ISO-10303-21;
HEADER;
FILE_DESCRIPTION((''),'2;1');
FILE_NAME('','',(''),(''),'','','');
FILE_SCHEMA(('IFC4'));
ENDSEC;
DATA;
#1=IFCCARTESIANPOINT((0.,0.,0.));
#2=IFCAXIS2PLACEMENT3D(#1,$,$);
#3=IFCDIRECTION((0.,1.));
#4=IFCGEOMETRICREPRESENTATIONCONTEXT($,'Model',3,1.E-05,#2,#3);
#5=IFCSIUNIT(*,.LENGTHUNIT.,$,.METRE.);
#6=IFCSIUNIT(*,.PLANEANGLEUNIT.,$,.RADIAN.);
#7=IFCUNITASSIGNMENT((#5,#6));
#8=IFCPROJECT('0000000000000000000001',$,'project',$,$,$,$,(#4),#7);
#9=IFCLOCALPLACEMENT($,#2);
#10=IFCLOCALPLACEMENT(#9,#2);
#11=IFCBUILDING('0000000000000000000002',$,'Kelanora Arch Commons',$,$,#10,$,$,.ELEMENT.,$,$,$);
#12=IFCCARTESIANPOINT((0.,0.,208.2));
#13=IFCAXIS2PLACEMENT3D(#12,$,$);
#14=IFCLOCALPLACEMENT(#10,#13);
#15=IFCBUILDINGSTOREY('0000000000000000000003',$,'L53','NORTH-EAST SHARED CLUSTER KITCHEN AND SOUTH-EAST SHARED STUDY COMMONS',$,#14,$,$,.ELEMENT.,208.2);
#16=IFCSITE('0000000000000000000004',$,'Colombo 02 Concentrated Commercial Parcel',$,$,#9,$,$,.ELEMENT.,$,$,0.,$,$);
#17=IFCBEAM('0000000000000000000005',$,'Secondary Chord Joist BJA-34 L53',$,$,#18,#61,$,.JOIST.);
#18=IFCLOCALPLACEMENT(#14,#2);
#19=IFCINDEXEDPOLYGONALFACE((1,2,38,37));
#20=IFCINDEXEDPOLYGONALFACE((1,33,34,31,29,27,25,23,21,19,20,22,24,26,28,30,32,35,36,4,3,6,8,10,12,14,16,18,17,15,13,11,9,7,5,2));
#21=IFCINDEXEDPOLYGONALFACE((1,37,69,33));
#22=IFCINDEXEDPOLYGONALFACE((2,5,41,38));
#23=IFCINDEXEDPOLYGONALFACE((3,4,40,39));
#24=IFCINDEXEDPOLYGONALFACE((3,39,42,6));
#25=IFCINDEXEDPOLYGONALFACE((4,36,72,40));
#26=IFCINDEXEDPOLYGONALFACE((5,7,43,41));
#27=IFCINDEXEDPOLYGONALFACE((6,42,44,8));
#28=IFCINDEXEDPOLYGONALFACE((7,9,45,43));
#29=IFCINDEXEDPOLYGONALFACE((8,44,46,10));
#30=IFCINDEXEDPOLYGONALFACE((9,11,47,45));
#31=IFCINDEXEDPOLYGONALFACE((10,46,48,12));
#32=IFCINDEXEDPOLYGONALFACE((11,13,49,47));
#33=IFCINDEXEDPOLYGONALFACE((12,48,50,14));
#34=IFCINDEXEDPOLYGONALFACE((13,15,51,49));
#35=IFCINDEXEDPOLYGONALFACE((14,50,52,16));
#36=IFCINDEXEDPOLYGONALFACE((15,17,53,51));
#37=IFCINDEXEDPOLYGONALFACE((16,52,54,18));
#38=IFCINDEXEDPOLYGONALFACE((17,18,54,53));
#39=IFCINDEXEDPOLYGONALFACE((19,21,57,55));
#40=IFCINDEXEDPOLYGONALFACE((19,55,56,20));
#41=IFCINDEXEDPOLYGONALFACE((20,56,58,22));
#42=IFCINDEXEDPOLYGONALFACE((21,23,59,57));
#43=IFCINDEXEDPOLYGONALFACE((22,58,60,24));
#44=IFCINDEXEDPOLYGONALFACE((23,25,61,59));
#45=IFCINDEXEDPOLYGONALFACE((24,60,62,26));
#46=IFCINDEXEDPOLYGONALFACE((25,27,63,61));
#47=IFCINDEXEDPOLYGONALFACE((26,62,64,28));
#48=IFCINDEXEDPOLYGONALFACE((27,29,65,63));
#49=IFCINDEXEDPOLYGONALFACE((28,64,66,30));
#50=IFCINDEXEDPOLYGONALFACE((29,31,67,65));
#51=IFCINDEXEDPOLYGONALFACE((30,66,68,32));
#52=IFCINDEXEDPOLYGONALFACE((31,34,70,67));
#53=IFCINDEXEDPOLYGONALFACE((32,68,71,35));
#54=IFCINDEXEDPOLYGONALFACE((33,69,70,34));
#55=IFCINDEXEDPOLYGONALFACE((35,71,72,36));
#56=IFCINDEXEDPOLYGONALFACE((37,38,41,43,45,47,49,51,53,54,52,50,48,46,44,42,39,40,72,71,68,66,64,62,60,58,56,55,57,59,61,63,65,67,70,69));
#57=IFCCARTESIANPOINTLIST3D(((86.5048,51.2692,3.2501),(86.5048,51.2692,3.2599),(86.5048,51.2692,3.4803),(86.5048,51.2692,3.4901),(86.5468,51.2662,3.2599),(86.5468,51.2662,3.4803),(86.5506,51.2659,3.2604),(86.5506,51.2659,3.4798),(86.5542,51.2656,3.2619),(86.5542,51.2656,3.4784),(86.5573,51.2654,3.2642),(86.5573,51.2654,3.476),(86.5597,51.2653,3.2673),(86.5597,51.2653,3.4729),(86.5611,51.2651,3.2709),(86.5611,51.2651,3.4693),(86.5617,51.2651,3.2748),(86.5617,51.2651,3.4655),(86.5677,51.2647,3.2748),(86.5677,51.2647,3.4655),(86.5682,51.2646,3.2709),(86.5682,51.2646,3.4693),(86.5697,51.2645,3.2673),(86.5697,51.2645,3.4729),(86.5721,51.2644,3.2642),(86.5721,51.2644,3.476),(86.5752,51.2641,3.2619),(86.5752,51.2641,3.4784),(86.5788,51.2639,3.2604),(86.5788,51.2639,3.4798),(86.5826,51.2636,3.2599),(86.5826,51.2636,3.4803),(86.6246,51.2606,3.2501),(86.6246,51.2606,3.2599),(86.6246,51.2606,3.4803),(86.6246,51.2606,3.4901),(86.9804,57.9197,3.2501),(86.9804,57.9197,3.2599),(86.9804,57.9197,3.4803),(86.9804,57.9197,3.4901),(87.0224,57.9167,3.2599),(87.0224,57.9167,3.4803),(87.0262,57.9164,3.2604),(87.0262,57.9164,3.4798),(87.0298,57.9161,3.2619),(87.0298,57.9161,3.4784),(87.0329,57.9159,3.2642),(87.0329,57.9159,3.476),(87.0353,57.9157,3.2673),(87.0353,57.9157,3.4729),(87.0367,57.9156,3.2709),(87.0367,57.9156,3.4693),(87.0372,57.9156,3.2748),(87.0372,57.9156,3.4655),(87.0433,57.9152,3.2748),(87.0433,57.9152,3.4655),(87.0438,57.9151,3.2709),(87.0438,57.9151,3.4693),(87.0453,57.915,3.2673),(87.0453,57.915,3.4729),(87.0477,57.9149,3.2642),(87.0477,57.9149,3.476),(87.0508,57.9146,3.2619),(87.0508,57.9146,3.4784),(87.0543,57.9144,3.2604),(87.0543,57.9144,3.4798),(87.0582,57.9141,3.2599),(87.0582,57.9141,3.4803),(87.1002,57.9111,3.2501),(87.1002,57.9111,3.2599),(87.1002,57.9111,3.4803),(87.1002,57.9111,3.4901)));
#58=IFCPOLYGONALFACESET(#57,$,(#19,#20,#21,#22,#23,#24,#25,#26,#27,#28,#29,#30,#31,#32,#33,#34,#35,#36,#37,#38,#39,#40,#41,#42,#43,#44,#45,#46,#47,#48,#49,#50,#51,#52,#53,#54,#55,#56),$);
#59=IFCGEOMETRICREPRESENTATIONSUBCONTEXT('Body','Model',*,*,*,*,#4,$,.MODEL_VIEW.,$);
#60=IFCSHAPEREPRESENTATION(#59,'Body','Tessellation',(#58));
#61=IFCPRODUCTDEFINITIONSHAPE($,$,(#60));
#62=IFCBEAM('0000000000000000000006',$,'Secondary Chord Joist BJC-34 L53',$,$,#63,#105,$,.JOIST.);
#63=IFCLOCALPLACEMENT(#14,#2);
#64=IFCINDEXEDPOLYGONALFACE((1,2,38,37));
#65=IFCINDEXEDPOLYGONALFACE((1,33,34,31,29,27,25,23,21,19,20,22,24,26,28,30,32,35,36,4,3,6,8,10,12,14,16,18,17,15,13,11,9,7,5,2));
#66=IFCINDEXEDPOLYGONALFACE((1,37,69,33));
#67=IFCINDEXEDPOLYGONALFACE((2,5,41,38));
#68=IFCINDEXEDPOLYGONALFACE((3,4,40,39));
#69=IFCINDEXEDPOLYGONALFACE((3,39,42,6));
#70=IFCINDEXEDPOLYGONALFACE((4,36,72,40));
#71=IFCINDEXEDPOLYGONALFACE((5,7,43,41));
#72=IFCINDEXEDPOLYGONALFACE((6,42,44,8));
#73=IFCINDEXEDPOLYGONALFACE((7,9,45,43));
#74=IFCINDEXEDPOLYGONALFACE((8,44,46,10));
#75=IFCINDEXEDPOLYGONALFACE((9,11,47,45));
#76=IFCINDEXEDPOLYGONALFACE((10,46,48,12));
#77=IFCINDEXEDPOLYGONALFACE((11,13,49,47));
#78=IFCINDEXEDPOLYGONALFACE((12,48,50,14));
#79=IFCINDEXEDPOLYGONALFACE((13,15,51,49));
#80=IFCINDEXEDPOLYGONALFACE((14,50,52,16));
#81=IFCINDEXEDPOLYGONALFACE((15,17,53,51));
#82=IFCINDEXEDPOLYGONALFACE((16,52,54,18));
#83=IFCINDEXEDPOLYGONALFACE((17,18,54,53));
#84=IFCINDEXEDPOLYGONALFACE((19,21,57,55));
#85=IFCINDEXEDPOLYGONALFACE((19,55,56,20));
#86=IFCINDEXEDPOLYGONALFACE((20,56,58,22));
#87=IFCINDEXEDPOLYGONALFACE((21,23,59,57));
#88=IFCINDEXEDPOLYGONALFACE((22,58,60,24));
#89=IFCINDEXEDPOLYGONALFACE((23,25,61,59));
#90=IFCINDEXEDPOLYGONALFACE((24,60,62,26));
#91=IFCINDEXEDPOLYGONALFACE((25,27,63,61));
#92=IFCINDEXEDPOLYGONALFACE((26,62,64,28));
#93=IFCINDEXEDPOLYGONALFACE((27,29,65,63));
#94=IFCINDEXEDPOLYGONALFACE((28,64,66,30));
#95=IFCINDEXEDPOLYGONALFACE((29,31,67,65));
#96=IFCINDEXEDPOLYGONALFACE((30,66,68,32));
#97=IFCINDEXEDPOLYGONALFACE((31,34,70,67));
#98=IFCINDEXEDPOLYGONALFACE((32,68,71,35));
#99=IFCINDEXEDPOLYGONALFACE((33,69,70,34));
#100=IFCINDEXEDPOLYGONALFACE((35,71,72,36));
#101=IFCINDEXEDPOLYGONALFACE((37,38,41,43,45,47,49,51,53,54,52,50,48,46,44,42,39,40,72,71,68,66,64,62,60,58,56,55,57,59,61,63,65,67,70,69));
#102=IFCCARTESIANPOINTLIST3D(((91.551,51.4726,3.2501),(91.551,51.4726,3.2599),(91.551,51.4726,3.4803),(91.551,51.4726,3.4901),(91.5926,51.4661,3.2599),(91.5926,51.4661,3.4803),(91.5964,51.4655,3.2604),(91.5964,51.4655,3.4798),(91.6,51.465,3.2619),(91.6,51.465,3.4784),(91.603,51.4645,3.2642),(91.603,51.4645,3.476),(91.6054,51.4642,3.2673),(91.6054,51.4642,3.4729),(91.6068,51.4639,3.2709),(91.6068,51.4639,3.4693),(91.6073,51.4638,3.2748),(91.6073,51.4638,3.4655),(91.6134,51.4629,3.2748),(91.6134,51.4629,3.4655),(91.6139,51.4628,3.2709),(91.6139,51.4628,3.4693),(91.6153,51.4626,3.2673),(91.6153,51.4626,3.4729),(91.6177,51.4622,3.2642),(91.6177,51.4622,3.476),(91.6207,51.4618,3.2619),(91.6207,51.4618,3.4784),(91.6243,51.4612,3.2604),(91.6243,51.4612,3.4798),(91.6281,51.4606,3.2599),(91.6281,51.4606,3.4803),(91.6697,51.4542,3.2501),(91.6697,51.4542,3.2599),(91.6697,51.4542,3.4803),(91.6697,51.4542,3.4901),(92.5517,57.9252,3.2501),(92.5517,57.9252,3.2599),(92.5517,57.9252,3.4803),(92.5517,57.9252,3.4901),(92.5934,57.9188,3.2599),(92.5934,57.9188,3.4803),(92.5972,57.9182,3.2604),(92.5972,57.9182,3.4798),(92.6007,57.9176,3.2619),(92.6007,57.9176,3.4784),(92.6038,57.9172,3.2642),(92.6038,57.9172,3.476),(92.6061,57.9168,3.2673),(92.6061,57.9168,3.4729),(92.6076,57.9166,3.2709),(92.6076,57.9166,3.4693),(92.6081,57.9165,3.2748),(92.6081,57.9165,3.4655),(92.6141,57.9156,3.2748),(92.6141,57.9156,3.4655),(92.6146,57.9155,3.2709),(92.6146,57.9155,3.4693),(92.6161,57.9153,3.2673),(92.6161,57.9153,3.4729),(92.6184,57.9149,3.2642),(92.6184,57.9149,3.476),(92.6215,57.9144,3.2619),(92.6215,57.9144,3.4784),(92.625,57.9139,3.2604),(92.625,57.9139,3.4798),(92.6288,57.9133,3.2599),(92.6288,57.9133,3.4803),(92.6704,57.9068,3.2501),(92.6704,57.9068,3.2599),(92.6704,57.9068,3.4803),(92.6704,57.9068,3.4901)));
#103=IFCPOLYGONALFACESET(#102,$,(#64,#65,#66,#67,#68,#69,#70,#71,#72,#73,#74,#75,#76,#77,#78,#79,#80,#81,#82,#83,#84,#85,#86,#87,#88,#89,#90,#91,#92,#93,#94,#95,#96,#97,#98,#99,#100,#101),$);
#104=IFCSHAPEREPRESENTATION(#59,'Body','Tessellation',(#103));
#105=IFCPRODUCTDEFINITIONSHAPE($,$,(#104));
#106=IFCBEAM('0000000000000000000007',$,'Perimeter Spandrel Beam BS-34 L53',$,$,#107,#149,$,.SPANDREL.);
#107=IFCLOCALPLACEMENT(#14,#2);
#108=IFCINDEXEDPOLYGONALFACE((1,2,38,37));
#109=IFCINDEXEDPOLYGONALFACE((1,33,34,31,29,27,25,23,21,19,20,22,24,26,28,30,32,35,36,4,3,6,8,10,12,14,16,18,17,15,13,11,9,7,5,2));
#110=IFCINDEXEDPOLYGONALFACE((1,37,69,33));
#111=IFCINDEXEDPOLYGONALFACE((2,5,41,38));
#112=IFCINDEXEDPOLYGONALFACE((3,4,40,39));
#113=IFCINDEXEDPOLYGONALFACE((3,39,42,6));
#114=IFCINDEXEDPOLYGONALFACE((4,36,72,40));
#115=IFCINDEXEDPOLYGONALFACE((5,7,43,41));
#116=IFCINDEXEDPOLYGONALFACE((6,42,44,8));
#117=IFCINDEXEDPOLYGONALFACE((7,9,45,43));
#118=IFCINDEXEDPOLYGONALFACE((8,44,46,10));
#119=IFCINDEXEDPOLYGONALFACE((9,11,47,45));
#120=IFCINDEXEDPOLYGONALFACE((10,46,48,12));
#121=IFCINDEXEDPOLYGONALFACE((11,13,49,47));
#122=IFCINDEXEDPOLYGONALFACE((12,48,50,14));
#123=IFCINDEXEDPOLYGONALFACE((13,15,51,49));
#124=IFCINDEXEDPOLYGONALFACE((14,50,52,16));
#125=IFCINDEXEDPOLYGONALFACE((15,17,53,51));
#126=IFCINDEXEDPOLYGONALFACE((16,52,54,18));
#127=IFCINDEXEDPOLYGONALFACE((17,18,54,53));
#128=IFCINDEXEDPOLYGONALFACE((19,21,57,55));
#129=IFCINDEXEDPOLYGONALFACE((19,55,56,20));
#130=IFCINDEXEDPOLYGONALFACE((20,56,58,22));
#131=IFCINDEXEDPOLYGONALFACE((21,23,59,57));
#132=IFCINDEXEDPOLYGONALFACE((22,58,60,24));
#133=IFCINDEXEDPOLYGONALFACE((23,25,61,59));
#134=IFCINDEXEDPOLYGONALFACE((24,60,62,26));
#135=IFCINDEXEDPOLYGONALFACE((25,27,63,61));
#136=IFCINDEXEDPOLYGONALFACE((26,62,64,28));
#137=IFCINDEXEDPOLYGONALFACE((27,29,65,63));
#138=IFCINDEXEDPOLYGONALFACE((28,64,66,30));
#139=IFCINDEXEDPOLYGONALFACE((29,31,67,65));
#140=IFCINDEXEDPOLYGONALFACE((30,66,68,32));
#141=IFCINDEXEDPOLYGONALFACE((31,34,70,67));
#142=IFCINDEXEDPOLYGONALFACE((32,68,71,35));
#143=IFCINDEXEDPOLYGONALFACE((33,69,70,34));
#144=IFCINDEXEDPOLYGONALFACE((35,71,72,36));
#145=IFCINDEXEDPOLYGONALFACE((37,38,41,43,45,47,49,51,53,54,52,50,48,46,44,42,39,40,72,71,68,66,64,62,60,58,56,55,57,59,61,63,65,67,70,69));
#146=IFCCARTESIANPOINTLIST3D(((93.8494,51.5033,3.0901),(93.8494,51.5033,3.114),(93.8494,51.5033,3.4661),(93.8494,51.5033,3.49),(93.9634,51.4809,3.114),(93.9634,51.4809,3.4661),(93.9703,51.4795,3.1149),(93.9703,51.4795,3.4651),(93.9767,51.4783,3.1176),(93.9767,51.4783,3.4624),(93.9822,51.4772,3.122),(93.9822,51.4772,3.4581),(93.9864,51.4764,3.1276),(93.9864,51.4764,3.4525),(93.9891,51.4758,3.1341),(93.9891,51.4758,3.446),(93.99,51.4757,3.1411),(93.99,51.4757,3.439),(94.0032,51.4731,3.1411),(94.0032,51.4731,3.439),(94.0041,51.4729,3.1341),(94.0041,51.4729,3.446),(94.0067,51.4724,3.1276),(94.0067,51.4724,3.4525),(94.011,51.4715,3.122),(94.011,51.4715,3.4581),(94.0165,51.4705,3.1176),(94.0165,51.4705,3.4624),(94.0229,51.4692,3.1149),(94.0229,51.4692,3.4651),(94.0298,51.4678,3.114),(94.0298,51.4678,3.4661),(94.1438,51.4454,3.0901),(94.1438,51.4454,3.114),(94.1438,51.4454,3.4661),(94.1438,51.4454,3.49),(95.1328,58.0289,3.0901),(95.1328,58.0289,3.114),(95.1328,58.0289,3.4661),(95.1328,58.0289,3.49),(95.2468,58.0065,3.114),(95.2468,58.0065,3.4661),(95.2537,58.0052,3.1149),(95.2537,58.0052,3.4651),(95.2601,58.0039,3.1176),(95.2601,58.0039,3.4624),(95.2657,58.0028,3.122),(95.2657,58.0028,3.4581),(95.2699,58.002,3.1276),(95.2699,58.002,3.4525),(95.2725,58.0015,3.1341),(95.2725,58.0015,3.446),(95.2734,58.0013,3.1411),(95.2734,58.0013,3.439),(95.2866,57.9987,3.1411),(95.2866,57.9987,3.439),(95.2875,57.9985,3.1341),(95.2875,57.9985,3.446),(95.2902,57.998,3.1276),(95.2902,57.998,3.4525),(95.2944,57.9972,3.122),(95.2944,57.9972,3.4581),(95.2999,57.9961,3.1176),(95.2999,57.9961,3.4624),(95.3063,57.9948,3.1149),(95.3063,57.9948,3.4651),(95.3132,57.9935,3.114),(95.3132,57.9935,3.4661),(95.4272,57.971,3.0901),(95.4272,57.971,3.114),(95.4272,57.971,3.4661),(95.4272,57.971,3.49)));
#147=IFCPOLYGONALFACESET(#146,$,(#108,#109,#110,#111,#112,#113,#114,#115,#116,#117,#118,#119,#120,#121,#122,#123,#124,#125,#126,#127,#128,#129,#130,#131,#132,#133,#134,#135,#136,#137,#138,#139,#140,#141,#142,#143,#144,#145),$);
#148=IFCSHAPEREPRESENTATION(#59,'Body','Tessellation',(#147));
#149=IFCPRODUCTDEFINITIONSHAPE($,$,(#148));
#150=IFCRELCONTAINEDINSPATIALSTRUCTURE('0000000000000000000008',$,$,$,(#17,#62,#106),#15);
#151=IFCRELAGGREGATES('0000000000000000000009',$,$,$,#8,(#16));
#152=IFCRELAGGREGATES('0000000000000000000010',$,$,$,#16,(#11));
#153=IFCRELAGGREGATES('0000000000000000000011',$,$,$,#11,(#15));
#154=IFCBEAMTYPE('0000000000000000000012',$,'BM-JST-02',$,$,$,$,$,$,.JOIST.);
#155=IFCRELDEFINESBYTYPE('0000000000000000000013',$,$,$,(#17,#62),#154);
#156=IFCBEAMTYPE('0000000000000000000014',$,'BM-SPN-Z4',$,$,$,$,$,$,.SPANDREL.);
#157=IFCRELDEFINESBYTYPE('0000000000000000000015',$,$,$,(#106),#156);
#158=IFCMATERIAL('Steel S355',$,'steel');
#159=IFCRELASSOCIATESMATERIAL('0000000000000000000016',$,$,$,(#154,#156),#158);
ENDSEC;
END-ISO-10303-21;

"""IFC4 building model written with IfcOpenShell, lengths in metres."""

from ifc_helpers import new_model, si_unit, direction, frame, origin, origin_2d, place, context, subcontext, project, spatial, i_section, extrude, material, material_profile, profile_set, type_object, element, save


model = new_model("IFC4")

# Units and contexts
model_context = context("Model", 3, precision=1e-05, world=origin(), true_north=direction((0.0, 1.0)))
body_context = subcontext(model_context, "Body", "Model", "MODEL_VIEW")
ifc_project = project(units=[si_unit("LENGTHUNIT", "METRE"), si_unit("PLANEANGLEUNIT", "RADIAN")], contexts=[model_context])

# Site, building, storey
site_placement = place(None, origin())
site = spatial("IfcSite", under=ifc_project, at=site_placement, Name="Colombo 02 Concentrated Commercial Parcel", CompositionType="ELEMENT", RefElevation=0.0)
building_placement = place(site_placement, origin())
building = spatial("IfcBuilding", under=site, at=building_placement, Name="Kelanora Arch Commons", CompositionType="ELEMENT")
storey_placement = place(building_placement, frame((0.0, 0.0, 208.2)))
storey = spatial("IfcBuildingStorey", under=building, at=storey_placement, Name="L53", Description="NORTH-EAST SHARED CLUSTER KITCHEN AND SOUTH-EAST SHARED STUDY COMMONS", CompositionType="ELEMENT", Elevation=208.2)

# Beams
ifc_material_1 = material(Name="Steel S355", Category="steel")
ifc_material_profile_1 = material_profile(ifc_material_1, i_section(OverallWidth=0.1201, OverallDepth=0.24, WebThickness=0.0061, FlangeThickness=0.0098, FilletRadius=0.0149, at=origin_2d()), Name="IPE240")
ifc_profile_set_1 = profile_set([ifc_material_profile_1], Name="Steel S355")
beam_type_1 = type_object("IfcBeamType", Name="BM-JST-02", PredefinedType="JOIST", material=ifc_profile_set_1)
beam_1_placement = place(storey_placement, frame((86.5647, 51.2649, 3.3701), z_axis=(0.07133, 0.997453, 0.0), x_axis=(-0.997453, 0.07133, 0.0)))
element("IfcBeam", 1, at=beam_1_placement, inside=storey, type_object=beam_type_1, Name="Secondary Chord Joist BJA-34 L53", PredefinedType="JOIST", context=body_context, shape_type="SweptSolid", body=[
    extrude(i_section(OverallWidth=0.1201, OverallDepth=0.24, WebThickness=0.0061, FlangeThickness=0.0098, FilletRadius=0.0149, at=origin_2d()), origin(), (0.0, 0.0, 1.0), 6.6675),
])
beam_2_placement = place(storey_placement, frame((91.6104, 51.4634, 3.3701), z_axis=(0.153257, 0.988186, 0.0), x_axis=(-0.988186, 0.153257, 0.0)))
element("IfcBeam", 2, at=beam_2_placement, inside=storey, type_object=beam_type_1, Name="Secondary Chord Joist BJC-34 L53", PredefinedType="JOIST", context=body_context, shape_type="SweptSolid", body=[
    extrude(i_section(OverallWidth=0.1201, OverallDepth=0.24, WebThickness=0.0061, FlangeThickness=0.0098, FilletRadius=0.0149, at=origin_2d()), origin(), (0.0, 0.0, 1.0), 6.5298),
])
ifc_material_profile_2 = material_profile(ifc_material_1, i_section(OverallWidth=0.3, OverallDepth=0.3999, WebThickness=0.0134, FlangeThickness=0.0239, FilletRadius=0.0271, at=origin_2d()), Name="HEB400")
ifc_profile_set_2 = profile_set([ifc_material_profile_2], Name="Steel S355")
beam_type_2 = type_object("IfcBeamType", Name="BM-SPN-Z4", PredefinedType="SPANDREL", material=ifc_profile_set_2)
beam_3_placement = place(storey_placement, frame((93.9966, 51.4744, 3.29), z_axis=(0.192981, 0.981203, 0.0), x_axis=(-0.981203, 0.192981, 0.0)))
element("IfcBeam", 3, at=beam_3_placement, inside=storey, type_object=beam_type_2, Name="Perimeter Spandrel Beam BS-34 L53", PredefinedType="SPANDREL", context=body_context, shape_type="SweptSolid", body=[
    extrude(i_section(OverallWidth=0.3, OverallDepth=0.3999, WebThickness=0.0134, FlangeThickness=0.0239, FilletRadius=0.0271, at=origin_2d()), origin(), (0.0, 0.0, 1.0), 6.6506),
])

save(model, "model.ifc")
